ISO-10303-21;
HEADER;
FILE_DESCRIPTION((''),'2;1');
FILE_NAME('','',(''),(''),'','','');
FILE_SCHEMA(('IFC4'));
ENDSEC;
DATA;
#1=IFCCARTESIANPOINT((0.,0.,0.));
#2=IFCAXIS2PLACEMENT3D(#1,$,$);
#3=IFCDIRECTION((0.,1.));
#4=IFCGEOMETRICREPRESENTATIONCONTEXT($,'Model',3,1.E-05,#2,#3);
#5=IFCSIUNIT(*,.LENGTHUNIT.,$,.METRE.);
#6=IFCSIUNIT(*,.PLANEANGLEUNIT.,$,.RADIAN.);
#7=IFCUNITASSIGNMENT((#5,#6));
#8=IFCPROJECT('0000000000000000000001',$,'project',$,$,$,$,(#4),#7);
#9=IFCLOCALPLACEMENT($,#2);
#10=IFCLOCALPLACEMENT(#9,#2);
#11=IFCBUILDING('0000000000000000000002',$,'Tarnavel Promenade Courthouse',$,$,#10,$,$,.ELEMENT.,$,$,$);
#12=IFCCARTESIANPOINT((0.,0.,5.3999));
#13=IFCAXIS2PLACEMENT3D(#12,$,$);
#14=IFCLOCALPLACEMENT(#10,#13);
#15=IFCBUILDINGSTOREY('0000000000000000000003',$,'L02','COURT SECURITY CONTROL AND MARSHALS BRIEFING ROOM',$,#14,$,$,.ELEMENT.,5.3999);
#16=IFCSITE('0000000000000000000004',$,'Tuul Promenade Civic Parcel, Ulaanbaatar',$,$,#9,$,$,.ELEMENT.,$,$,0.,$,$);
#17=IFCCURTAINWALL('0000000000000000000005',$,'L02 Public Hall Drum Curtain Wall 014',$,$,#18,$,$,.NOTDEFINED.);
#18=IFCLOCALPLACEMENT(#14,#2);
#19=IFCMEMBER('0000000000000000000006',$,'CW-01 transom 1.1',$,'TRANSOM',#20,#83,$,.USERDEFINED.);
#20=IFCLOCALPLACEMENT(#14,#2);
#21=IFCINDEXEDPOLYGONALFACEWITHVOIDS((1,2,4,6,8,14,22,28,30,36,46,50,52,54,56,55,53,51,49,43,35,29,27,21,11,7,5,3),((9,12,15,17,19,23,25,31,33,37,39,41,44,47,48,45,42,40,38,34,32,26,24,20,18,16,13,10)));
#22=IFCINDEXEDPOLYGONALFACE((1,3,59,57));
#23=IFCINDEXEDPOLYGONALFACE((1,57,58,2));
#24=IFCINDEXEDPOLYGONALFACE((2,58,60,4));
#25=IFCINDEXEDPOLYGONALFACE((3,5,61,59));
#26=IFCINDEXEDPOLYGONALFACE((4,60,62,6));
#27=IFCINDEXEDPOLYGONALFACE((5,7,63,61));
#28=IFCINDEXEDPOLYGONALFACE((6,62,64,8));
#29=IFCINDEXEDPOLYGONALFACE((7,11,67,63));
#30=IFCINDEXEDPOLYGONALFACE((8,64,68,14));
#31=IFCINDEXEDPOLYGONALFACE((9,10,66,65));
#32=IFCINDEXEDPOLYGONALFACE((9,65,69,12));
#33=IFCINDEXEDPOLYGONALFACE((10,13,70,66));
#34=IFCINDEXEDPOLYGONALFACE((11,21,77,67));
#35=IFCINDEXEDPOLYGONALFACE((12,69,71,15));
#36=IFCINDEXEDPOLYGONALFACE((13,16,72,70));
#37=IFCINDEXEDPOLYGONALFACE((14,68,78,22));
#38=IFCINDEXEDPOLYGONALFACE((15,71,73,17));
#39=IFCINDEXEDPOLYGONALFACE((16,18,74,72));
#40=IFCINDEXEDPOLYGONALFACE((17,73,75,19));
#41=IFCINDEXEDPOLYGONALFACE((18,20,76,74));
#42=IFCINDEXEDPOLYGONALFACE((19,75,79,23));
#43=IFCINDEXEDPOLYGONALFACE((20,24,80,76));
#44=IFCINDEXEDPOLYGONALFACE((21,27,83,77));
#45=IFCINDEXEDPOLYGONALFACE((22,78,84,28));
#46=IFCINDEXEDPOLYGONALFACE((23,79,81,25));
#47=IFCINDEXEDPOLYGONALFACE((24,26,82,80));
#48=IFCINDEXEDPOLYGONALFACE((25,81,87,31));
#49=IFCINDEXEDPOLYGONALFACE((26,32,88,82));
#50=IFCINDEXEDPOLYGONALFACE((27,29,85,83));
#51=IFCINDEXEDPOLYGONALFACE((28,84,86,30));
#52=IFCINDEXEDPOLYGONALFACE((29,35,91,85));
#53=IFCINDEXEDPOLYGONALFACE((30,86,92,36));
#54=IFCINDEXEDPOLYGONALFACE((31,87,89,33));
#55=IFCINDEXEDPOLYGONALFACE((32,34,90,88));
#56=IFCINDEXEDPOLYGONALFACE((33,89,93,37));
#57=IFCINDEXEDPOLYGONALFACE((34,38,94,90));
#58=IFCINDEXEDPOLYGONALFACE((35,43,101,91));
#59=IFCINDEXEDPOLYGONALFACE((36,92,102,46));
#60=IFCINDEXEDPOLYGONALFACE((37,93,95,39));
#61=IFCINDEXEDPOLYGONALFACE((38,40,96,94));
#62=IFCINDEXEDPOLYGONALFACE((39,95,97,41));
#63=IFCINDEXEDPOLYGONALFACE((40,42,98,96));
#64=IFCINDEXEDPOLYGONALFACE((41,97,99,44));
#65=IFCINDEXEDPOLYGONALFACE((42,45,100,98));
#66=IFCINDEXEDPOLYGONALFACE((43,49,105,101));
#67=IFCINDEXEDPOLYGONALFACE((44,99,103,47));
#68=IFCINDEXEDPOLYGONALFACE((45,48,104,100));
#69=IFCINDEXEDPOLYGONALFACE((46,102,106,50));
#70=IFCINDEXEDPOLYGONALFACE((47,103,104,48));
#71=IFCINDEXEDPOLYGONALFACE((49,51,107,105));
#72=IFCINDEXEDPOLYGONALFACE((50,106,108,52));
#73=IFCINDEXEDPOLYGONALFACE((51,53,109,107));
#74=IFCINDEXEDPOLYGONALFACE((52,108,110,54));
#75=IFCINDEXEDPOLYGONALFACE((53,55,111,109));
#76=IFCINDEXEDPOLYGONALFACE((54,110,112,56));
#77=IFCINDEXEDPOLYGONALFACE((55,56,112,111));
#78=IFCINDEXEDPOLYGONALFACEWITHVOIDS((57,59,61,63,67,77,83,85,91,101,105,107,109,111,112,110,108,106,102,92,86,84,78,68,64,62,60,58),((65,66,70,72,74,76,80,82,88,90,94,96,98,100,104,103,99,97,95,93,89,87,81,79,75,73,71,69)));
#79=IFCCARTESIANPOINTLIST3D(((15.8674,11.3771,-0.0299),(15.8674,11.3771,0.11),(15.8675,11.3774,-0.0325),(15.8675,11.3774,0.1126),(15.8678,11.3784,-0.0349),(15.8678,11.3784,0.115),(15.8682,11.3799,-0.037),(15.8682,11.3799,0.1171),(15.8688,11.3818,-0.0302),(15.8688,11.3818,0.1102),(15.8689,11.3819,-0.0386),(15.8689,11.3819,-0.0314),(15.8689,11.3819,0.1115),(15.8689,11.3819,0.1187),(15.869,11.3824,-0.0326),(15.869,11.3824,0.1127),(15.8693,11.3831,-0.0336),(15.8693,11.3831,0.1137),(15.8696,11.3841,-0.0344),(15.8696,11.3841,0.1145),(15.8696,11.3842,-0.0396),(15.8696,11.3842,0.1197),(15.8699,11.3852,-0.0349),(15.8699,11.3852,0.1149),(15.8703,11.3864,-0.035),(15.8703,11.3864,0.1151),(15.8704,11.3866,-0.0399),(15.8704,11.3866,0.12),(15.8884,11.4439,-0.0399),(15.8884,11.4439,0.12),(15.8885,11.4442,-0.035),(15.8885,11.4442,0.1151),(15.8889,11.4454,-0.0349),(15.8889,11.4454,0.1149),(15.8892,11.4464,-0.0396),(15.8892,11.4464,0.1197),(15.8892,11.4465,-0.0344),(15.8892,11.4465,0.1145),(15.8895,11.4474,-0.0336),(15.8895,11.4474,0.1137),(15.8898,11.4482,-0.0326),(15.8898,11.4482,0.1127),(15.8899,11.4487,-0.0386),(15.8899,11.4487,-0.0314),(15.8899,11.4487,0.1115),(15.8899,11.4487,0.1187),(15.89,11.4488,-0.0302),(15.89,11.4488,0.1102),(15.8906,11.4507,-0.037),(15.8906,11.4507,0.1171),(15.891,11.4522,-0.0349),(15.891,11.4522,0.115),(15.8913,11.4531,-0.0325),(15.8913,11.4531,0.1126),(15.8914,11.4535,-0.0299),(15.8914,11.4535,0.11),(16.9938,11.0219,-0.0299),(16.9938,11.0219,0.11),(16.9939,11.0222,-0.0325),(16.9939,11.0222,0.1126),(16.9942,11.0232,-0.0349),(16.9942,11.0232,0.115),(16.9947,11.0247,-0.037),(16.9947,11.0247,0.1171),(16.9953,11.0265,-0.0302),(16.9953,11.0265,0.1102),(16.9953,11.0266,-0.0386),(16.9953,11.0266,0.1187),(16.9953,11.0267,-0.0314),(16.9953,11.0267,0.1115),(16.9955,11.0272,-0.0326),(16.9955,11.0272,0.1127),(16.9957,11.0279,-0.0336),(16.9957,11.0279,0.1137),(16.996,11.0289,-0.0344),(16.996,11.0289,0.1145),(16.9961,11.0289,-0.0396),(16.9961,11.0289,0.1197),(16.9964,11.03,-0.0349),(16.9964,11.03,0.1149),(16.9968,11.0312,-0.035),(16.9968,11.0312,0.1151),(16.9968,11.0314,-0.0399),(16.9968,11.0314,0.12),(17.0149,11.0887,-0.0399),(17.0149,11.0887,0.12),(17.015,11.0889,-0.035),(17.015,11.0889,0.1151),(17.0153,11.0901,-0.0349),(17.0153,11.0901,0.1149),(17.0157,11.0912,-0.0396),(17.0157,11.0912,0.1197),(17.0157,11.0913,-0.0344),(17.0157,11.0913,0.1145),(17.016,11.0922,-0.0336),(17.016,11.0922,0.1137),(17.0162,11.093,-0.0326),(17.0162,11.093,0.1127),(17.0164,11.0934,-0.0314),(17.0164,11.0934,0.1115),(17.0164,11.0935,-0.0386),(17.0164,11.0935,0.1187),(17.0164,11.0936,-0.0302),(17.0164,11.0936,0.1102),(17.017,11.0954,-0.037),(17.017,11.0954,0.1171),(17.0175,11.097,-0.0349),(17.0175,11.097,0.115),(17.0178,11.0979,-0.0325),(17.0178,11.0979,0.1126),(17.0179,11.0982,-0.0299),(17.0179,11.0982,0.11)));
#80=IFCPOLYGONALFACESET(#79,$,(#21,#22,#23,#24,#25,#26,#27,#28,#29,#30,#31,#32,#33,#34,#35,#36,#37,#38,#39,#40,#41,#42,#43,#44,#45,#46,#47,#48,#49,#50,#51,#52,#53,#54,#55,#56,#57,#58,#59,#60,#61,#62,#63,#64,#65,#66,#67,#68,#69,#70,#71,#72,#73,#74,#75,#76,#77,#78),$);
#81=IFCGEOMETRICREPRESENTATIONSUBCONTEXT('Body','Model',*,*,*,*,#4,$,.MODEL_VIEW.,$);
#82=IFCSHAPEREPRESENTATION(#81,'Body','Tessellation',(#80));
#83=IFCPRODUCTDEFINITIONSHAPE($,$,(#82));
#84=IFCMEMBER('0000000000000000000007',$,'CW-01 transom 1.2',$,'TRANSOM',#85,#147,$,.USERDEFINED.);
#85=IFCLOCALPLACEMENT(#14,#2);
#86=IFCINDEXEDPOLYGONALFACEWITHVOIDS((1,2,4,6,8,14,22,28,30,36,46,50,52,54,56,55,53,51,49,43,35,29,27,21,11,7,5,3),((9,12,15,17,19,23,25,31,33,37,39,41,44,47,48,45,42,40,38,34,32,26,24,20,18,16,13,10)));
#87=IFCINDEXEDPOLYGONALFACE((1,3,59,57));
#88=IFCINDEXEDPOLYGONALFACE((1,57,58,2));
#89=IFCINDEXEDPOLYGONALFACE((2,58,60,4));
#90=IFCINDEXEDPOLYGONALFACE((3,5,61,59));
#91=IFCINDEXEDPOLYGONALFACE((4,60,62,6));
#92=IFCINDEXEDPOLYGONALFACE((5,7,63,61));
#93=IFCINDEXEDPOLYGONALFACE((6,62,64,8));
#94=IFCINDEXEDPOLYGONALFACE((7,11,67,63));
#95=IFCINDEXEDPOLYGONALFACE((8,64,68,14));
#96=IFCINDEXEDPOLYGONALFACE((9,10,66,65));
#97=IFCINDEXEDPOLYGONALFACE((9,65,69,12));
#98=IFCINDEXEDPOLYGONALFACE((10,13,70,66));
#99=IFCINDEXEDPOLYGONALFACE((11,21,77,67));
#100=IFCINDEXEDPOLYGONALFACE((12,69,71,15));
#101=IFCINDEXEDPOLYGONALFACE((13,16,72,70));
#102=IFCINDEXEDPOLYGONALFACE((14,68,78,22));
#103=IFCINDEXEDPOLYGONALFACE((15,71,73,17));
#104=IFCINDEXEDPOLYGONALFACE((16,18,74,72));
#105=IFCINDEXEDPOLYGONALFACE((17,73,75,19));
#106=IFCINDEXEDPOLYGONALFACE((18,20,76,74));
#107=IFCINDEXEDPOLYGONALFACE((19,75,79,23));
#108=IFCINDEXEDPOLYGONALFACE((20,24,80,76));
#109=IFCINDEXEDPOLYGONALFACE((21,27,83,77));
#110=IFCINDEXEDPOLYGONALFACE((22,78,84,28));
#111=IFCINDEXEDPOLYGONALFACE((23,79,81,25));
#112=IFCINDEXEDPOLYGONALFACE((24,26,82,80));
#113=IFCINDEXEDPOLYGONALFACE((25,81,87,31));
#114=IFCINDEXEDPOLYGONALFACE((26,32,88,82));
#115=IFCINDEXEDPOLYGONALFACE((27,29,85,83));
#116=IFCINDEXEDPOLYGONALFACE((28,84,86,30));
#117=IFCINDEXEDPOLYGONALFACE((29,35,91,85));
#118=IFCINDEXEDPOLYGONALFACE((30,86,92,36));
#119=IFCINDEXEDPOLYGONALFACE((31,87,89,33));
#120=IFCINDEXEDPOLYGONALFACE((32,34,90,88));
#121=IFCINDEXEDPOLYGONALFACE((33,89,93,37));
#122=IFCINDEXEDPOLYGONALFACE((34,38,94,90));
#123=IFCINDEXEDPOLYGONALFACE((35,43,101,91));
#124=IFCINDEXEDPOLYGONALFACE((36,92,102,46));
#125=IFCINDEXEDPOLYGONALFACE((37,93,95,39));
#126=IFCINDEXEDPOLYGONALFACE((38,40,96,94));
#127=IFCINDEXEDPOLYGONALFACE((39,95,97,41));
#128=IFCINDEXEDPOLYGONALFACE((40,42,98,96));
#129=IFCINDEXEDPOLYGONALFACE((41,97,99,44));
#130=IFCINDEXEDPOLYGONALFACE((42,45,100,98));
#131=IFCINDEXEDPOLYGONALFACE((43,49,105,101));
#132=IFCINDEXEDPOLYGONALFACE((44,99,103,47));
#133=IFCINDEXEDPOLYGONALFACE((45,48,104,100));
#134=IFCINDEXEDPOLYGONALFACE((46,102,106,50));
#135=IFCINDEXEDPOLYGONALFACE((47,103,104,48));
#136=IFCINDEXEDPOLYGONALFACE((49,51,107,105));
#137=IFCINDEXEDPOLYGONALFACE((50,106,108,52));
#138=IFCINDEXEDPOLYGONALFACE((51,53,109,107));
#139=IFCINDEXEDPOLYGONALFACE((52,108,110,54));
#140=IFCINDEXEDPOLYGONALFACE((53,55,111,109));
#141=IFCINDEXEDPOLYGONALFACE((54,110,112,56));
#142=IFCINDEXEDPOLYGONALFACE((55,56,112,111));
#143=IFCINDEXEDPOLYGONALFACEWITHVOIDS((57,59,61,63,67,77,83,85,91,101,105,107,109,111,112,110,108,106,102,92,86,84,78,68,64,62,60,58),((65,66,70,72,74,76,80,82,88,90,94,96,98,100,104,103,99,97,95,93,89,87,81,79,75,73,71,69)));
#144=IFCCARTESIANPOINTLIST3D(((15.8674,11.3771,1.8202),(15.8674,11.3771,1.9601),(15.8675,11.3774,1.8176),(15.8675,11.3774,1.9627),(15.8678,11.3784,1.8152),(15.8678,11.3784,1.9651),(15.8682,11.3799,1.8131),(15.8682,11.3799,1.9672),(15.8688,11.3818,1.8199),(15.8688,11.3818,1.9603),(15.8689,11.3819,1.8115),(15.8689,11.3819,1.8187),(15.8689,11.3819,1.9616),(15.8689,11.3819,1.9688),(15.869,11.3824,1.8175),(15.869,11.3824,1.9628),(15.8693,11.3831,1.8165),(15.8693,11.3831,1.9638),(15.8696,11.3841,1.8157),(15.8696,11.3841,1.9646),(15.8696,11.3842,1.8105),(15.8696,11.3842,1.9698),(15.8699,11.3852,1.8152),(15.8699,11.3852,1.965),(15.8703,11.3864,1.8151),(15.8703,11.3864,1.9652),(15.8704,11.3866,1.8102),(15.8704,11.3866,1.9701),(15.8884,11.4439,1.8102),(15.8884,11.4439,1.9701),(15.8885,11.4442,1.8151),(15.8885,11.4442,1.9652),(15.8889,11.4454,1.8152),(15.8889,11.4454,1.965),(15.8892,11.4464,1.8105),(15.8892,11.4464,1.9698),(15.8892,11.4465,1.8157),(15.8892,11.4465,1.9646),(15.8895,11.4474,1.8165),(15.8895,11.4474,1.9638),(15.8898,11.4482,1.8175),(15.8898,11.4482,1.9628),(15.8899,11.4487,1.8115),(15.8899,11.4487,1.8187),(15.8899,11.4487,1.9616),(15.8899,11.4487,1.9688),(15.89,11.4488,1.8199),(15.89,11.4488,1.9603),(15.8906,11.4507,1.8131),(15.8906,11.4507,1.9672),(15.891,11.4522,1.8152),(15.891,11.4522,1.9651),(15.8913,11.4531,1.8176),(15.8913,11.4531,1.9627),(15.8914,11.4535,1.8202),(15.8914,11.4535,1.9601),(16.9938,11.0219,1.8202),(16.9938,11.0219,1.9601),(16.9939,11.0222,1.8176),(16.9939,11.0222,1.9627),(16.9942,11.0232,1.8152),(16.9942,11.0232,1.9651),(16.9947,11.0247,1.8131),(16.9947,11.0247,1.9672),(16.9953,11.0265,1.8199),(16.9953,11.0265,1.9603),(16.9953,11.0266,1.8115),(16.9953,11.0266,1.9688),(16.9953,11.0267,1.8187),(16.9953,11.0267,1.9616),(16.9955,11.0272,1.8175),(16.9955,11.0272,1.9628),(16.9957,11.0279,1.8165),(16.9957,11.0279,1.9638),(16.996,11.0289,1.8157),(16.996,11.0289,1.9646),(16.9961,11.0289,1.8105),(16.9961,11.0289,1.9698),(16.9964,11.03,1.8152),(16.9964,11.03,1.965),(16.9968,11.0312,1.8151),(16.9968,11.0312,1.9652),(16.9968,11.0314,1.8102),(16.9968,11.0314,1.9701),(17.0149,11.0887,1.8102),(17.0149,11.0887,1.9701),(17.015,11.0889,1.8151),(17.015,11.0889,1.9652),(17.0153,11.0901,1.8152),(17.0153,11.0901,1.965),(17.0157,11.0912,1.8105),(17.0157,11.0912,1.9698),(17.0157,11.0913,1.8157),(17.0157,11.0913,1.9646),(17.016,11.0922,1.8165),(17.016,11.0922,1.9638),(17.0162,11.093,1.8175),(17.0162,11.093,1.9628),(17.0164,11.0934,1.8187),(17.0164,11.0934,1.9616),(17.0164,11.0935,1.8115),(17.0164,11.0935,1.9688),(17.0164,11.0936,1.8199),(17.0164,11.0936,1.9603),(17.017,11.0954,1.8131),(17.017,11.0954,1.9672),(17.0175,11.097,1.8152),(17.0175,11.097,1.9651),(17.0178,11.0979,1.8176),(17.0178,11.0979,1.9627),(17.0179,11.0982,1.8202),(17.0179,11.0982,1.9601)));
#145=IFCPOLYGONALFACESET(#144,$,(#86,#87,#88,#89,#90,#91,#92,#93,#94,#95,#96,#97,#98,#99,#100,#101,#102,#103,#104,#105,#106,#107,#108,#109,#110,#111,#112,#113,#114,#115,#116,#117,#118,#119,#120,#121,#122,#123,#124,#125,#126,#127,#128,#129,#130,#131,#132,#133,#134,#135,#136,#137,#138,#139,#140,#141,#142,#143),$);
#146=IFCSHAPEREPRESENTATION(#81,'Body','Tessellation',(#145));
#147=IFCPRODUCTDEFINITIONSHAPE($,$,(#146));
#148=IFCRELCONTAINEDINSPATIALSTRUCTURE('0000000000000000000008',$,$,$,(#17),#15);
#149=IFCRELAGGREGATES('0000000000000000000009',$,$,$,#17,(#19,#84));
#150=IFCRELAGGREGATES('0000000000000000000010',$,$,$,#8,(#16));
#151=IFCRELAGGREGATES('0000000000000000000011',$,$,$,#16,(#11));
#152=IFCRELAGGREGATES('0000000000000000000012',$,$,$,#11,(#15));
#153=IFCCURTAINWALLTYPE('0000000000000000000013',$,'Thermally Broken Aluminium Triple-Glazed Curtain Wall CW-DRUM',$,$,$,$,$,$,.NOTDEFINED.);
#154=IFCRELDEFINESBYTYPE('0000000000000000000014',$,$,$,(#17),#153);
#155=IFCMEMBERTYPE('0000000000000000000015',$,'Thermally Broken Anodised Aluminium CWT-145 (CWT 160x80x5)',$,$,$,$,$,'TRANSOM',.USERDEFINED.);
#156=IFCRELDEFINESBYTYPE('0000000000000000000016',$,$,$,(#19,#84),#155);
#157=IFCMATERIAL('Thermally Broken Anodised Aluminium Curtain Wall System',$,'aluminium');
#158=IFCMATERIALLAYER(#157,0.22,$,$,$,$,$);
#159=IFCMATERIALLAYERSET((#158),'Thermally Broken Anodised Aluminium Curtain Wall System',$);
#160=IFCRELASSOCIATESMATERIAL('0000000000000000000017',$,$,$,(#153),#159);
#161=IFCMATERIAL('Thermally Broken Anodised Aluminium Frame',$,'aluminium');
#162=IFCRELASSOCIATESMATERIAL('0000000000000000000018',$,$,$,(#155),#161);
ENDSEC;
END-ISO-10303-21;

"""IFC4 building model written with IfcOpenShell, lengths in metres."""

from ifc_helpers import new_model, si_unit, direction, frame, origin, origin_2d, place, context, subcontext, project, spatial, hollow_rectangle, extrude, material, layer, layer_set, material_profile, profile_set, type_object, element, aggregate, save


model = new_model("IFC4")

# Units and contexts
model_context = context("Model", 3, precision=1e-05, world=origin(), true_north=direction((0.0, 1.0)))
body_context = subcontext(model_context, "Body", "Model", "MODEL_VIEW")
ifc_project = project(units=[si_unit("LENGTHUNIT", "METRE"), si_unit("PLANEANGLEUNIT", "RADIAN")], contexts=[model_context])

# Site, building, storey
site_placement = place(None, origin())
site = spatial("IfcSite", under=ifc_project, at=site_placement, Name="Tuul Promenade Civic Parcel, Ulaanbaatar", CompositionType="ELEMENT", RefElevation=0.0)
building_placement = place(site_placement, origin())
building = spatial("IfcBuilding", under=site, at=building_placement, Name="Tarnavel Promenade Courthouse", CompositionType="ELEMENT")
storey_placement = place(building_placement, frame((0.0, 0.0, 5.3999)))
storey = spatial("IfcBuildingStorey", under=building, at=storey_placement, Name="L02", Description="COURT SECURITY CONTROL AND MARSHALS BRIEFING ROOM", CompositionType="ELEMENT", Elevation=5.3999)

# Curtain wall
ifc_material_1 = material(Name="Thermally Broken Anodised Aluminium Curtain Wall System", Category="aluminium")
ifc_layer_1 = layer(ifc_material_1, 0.22)
ifc_layer_set_1 = layer_set([ifc_layer_1], Name="Thermally Broken Anodised Aluminium Curtain Wall System")
curtain_wall_type = type_object("IfcCurtainWallType", Name="Thermally Broken Aluminium Triple-Glazed Curtain Wall CW-DRUM", PredefinedType="NOTDEFINED", material=ifc_layer_set_1)
ifc_material_2 = material(Name="Thermally Broken Anodised Aluminium Frame", Category="aluminium")
curtain_wall_1_placement = place(storey_placement, origin())
curtain_wall_1 = element("IfcCurtainWall", 1, at=curtain_wall_1_placement, inside=storey, type_object=curtain_wall_type, Name="L02 Public Hall Drum Curtain Wall 014", PredefinedType="NOTDEFINED")

# Members
ifc_material_profile_1 = material_profile(ifc_material_2, hollow_rectangle(XDim=0.0801, YDim=0.1599, WallThickness=0.0049, InnerFilletRadius=0.0049, OuterFilletRadius=0.01, at=origin_2d()), Name="CWT 160x80x5")
ifc_profile_set_1 = profile_set([ifc_material_profile_1], Name="Thermally Broken Anodised Aluminium Frame")
member_type_1 = type_object("IfcMemberType", Name="Thermally Broken Anodised Aluminium CWT-145 (CWT 160x80x5)", ElementType="TRANSOM", PredefinedType="USERDEFINED", material=ifc_profile_set_1)
member_1_placement = place(storey_placement, frame((15.8794, 11.4153, 0.04), z_axis=(0.953704, -0.300746, 0.0), x_axis=(0.300746, 0.953704, 0.0)))
member_1 = element("IfcMember", 2, at=member_1_placement, type_object=member_type_1, Name="CW-01 transom 1.1", ObjectType="TRANSOM", PredefinedType="USERDEFINED", context=body_context, shape_type="SweptSolid", body=[
    extrude(hollow_rectangle(XDim=0.0801, YDim=0.1599, WallThickness=0.0049, InnerFilletRadius=0.0049, OuterFilletRadius=0.01, at=origin_2d()), origin(), (0.0, 0.0, 1.0), 1.1812),
])
member_2_placement = place(storey_placement, frame((15.8794, 11.4153, 1.8901), z_axis=(0.953704, -0.300746, 0.0), x_axis=(0.300746, 0.953704, 0.0)))
member_2 = element("IfcMember", 3, at=member_2_placement, type_object=member_type_1, Name="CW-01 transom 1.2", ObjectType="TRANSOM", PredefinedType="USERDEFINED", context=body_context, shape_type="SweptSolid", body=[
    extrude(hollow_rectangle(XDim=0.0801, YDim=0.1599, WallThickness=0.0049, InnerFilletRadius=0.0049, OuterFilletRadius=0.01, at=origin_2d()), origin(), (0.0, 0.0, 1.0), 1.1812),
])

aggregate(curtain_wall_1, [member_1, member_2])

save(model, "model.ifc")
